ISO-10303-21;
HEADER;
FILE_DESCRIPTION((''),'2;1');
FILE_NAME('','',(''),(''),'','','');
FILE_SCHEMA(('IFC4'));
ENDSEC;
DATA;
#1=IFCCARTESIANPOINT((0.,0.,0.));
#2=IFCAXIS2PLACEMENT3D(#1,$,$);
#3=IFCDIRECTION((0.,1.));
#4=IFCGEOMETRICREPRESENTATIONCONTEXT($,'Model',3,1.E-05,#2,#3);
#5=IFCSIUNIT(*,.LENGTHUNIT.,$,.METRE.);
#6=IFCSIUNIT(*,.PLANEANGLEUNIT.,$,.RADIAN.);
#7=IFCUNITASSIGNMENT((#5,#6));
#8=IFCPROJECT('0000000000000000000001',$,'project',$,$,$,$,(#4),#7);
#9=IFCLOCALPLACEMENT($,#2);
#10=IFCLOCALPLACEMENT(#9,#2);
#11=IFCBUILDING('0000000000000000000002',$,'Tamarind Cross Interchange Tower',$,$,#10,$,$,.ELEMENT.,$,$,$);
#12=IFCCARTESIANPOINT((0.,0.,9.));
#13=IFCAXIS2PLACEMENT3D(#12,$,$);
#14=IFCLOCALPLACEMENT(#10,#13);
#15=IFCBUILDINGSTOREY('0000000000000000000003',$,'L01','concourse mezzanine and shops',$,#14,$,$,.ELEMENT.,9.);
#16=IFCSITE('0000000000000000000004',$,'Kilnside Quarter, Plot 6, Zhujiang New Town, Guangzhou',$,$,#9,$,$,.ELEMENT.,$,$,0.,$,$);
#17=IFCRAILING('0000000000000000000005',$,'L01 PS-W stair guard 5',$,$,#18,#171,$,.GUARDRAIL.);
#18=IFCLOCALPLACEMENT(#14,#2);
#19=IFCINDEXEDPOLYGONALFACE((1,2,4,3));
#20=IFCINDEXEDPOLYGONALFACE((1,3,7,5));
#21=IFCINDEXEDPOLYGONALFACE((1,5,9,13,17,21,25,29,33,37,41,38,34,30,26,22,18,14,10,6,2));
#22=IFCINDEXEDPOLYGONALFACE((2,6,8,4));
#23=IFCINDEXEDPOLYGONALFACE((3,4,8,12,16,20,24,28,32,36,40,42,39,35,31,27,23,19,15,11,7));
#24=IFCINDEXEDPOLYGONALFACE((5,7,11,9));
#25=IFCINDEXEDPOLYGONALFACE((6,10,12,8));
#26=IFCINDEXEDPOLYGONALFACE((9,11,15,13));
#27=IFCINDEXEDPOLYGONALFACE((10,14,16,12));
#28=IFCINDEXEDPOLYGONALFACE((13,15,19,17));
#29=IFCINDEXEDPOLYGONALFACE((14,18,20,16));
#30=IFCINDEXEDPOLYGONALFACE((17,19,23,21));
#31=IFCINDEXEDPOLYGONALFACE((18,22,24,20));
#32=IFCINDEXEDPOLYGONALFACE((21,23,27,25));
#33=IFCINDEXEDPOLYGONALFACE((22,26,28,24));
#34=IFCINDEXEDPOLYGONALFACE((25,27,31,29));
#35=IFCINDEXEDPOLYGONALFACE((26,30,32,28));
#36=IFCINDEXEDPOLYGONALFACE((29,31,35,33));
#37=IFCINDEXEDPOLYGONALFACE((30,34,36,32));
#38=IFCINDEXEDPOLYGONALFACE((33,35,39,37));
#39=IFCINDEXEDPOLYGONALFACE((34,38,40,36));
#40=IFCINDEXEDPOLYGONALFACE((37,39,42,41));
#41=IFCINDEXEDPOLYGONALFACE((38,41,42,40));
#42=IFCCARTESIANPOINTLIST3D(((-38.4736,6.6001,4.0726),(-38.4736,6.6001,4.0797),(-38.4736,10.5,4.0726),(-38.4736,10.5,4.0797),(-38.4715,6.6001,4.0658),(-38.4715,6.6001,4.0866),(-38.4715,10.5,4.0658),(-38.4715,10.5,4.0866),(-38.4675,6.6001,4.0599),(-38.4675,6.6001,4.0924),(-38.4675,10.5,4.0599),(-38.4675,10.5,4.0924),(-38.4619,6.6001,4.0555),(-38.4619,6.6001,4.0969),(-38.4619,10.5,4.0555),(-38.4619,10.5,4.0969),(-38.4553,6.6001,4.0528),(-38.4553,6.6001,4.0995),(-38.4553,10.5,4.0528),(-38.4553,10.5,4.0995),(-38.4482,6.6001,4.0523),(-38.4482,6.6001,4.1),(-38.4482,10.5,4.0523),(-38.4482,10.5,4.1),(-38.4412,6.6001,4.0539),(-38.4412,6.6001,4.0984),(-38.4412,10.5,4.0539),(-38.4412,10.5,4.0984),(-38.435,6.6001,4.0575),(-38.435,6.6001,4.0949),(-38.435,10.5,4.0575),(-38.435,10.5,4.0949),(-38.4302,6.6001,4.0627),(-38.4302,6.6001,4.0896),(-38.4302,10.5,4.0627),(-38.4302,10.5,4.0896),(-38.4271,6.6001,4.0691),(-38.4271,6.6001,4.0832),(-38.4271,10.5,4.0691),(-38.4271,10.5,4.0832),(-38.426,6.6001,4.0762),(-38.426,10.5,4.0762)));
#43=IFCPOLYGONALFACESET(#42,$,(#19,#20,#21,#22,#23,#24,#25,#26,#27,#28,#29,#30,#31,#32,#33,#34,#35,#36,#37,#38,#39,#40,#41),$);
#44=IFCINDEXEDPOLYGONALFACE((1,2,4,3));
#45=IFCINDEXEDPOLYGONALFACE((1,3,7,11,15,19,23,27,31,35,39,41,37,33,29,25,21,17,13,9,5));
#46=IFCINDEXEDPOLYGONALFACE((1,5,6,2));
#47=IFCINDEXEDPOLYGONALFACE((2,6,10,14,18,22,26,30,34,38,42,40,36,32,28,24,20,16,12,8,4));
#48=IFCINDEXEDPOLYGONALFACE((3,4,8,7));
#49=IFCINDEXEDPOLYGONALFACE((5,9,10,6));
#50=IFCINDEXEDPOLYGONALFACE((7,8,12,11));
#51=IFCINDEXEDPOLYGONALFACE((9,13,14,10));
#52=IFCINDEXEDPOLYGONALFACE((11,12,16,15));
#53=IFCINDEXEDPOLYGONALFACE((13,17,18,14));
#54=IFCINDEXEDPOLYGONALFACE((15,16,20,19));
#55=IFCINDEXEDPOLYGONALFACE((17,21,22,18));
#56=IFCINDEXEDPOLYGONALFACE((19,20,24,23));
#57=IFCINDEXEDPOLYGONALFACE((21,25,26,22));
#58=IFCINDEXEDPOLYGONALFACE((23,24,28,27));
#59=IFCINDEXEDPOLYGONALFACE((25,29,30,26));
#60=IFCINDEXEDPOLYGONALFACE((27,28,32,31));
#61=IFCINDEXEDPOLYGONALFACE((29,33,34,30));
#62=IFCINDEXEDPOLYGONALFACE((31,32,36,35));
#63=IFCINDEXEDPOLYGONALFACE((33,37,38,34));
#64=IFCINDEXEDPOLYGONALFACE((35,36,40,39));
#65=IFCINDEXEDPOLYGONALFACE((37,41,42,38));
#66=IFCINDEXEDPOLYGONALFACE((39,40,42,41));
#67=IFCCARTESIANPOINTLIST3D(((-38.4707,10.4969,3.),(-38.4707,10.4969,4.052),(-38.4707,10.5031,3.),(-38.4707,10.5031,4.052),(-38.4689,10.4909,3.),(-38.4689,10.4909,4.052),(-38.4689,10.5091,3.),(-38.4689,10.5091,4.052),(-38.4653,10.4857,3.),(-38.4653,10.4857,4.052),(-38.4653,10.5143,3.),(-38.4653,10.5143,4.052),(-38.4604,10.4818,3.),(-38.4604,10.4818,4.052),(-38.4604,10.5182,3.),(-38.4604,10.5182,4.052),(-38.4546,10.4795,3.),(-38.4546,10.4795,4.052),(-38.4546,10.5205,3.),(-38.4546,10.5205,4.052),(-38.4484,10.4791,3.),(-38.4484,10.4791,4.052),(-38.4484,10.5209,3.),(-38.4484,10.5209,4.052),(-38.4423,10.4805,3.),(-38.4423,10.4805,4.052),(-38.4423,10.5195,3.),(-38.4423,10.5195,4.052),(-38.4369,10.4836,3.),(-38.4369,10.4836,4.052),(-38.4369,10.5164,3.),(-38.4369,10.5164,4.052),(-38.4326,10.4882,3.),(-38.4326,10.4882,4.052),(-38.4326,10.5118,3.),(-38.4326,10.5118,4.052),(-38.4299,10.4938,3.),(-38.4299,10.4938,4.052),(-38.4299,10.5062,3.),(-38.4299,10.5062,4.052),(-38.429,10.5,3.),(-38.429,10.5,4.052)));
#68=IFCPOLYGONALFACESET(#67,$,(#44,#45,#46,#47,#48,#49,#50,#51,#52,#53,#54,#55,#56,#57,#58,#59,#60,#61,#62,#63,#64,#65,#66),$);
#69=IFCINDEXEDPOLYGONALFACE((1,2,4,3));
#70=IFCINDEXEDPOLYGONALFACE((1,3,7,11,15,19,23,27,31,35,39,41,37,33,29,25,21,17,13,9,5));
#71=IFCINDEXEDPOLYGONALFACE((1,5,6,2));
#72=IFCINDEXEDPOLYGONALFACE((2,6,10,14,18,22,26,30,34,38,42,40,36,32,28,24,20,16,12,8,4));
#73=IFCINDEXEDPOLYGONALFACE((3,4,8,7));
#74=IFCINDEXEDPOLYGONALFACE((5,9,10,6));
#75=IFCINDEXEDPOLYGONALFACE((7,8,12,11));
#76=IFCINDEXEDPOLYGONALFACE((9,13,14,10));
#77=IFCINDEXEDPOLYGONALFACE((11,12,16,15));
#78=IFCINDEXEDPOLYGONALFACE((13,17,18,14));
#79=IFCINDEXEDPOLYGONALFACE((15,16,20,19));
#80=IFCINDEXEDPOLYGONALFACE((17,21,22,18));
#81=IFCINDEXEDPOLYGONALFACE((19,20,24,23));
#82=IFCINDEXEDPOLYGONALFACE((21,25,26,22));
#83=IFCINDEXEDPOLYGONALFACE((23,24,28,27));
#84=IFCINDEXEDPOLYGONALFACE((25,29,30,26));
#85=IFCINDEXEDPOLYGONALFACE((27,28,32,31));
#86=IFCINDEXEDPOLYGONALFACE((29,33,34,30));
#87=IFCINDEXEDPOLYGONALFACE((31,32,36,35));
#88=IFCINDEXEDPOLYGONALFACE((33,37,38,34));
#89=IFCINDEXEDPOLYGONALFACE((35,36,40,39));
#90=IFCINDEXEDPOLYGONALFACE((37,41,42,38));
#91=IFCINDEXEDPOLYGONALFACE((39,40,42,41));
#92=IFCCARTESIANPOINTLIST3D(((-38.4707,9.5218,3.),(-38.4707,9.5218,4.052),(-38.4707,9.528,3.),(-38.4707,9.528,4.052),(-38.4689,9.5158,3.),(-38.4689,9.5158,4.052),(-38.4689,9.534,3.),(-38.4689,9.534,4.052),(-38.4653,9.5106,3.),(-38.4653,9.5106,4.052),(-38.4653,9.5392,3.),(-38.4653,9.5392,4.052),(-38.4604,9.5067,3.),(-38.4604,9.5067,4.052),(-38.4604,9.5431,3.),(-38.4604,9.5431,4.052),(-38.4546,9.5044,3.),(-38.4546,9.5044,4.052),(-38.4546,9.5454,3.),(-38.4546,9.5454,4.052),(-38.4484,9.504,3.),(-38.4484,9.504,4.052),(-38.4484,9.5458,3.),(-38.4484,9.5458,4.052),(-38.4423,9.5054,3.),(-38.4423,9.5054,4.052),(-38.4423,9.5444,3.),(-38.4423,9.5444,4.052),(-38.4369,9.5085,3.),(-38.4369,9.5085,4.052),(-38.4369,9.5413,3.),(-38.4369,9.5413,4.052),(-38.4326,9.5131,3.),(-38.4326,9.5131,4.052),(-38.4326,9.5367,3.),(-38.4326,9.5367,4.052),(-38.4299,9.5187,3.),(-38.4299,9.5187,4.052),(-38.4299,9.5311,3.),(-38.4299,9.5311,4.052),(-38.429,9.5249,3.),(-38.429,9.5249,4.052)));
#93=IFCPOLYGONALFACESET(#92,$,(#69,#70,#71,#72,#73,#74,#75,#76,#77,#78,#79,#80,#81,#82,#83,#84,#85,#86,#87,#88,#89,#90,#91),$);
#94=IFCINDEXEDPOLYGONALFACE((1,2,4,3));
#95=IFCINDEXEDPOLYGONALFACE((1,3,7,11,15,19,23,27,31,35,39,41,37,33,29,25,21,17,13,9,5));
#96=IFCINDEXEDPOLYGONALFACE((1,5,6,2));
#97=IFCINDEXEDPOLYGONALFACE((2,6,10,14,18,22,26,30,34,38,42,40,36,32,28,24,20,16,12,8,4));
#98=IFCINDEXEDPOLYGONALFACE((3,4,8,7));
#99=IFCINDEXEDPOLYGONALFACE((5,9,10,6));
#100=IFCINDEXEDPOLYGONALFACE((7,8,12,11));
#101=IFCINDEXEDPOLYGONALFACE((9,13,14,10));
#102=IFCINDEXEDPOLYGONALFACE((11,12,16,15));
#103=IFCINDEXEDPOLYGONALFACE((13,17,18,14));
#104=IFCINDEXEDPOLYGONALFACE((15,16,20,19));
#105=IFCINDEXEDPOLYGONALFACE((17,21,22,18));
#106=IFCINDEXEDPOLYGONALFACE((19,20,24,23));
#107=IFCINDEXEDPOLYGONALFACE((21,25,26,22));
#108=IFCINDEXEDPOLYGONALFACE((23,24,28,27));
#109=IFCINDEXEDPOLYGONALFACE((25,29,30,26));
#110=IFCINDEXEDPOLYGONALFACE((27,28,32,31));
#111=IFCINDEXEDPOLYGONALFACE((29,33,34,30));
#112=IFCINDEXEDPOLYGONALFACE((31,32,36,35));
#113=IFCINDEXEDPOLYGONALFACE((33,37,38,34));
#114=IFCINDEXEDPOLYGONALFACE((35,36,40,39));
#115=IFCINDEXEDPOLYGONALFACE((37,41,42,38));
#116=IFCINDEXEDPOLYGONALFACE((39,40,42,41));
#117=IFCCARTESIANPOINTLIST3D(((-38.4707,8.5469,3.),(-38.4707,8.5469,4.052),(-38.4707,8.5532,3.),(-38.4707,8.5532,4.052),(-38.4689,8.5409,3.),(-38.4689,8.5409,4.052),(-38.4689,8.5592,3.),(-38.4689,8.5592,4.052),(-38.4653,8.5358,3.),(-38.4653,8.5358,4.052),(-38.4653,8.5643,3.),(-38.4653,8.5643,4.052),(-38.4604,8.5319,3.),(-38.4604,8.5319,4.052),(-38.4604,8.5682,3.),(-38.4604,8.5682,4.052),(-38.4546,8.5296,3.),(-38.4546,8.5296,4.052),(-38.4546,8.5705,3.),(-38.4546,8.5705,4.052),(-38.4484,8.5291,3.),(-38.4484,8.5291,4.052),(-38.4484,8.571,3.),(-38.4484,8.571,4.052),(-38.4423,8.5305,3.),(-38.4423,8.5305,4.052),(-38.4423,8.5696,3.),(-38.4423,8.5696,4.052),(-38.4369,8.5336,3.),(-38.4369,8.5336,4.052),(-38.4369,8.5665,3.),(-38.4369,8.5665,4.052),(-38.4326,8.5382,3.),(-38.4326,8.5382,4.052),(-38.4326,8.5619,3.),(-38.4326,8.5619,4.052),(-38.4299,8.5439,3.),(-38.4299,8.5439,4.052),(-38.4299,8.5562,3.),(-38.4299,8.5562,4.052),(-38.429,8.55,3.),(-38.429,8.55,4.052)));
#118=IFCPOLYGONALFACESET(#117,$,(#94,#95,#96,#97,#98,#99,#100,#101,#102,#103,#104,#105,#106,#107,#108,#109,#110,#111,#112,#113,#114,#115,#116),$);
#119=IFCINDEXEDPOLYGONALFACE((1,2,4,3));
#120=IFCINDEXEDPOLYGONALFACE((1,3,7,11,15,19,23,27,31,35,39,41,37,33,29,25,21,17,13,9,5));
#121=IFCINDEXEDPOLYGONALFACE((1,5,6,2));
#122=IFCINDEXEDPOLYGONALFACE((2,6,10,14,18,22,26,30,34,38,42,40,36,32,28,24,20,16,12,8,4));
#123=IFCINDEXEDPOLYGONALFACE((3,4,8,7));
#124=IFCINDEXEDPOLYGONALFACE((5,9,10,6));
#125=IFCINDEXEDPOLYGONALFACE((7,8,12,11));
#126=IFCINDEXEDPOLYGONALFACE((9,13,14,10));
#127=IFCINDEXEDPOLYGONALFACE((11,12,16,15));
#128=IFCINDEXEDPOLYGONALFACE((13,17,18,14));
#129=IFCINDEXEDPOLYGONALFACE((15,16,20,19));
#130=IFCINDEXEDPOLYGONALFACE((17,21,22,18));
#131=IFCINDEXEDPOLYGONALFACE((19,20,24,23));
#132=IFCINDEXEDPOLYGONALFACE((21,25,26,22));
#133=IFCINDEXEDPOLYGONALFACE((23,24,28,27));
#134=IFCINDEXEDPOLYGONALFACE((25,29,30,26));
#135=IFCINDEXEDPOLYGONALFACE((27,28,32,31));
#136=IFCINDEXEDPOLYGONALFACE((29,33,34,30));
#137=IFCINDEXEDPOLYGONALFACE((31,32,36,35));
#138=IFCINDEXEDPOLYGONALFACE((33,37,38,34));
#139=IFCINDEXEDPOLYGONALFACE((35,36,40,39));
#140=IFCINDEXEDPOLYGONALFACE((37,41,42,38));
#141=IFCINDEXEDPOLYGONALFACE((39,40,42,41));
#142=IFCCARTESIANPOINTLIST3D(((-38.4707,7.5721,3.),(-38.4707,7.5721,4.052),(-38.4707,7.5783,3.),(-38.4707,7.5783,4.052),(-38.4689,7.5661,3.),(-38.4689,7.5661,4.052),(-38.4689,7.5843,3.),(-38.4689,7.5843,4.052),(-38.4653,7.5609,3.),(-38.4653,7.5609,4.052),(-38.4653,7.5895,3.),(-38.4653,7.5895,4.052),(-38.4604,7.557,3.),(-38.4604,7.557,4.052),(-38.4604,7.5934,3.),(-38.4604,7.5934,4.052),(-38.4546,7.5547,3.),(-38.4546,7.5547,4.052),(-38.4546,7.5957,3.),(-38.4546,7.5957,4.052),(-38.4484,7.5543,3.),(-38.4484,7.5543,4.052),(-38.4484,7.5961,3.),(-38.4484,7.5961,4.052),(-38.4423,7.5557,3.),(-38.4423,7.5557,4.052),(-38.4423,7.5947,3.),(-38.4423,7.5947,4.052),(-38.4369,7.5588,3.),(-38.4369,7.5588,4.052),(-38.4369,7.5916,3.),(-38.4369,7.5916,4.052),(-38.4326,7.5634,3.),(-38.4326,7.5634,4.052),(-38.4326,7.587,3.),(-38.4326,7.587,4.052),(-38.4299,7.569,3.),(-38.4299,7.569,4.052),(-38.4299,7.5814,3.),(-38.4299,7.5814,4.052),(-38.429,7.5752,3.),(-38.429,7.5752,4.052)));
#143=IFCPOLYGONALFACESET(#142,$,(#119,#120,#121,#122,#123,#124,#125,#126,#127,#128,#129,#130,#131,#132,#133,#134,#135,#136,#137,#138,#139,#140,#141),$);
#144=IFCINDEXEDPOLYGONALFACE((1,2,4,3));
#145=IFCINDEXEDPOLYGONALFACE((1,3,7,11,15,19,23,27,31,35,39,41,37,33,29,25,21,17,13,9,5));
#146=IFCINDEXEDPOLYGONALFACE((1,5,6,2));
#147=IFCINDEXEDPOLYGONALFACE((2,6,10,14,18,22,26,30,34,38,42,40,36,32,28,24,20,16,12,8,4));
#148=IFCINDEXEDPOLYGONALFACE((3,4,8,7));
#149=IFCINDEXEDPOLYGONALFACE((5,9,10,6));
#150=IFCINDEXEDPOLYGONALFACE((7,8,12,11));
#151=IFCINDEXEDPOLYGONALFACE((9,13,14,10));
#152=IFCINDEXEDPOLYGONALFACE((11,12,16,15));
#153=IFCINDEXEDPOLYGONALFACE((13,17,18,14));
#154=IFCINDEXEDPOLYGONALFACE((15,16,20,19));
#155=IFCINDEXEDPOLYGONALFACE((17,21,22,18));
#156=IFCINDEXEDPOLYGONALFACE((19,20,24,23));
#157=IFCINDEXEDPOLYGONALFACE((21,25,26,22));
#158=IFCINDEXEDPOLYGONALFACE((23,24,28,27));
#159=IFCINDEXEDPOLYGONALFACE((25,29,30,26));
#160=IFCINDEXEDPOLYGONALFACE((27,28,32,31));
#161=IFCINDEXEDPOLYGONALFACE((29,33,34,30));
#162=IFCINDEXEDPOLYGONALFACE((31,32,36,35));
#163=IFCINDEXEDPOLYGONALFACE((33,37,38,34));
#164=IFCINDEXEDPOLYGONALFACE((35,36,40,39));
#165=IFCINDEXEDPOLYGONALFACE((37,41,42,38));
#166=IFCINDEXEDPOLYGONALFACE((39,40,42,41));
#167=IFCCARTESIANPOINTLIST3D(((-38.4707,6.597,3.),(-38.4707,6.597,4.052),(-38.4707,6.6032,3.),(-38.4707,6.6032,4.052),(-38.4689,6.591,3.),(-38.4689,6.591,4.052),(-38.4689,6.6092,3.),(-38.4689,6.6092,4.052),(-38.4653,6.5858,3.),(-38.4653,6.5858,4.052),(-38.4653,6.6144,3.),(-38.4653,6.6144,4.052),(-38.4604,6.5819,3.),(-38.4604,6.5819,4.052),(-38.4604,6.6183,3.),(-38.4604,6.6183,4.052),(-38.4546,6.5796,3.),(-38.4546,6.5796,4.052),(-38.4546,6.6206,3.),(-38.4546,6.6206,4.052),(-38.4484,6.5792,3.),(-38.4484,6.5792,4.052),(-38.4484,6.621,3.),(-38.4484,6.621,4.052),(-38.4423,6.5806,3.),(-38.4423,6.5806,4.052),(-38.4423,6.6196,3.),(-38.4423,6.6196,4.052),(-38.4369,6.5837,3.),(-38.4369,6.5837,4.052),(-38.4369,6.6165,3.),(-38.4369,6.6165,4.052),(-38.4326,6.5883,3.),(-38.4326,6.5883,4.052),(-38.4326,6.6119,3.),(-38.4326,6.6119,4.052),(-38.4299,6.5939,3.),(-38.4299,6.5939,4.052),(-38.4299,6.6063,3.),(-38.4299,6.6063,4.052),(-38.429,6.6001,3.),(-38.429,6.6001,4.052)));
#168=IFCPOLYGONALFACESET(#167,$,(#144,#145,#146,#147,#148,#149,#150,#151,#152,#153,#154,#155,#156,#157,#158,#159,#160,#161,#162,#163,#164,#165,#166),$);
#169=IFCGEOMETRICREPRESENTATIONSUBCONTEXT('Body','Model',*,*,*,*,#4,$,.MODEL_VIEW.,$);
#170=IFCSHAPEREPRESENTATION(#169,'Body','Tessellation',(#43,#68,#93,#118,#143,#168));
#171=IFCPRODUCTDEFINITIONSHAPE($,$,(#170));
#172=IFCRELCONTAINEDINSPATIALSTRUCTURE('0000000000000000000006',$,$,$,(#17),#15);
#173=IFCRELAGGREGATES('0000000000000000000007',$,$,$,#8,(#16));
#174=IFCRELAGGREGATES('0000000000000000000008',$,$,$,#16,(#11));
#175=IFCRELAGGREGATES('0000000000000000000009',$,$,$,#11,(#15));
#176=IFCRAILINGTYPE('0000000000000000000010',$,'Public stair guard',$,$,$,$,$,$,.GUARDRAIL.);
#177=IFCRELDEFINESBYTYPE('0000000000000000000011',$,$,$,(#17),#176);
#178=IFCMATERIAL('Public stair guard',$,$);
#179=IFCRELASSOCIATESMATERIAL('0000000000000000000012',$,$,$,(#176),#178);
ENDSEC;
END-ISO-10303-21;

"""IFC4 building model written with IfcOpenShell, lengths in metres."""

from ifc_helpers import new_model, si_unit, direction, frame, origin, origin_2d, place, context, subcontext, project, spatial, circle, extrude, material, type_object, element, save


model = new_model("IFC4")

# Units and contexts
model_context = context("Model", 3, precision=1e-05, world=origin(), true_north=direction((0.0, 1.0)))
body_context = subcontext(model_context, "Body", "Model", "MODEL_VIEW")
ifc_project = project(units=[si_unit("LENGTHUNIT", "METRE"), si_unit("PLANEANGLEUNIT", "RADIAN")], contexts=[model_context])

# Site, building, storey
site_placement = place(None, origin())
site = spatial("IfcSite", under=ifc_project, at=site_placement, Name="Kilnside Quarter, Plot 6, Zhujiang New Town, Guangzhou", CompositionType="ELEMENT", RefElevation=0.0)
building_placement = place(site_placement, origin())
building = spatial("IfcBuilding", under=site, at=building_placement, Name="Tamarind Cross Interchange Tower", CompositionType="ELEMENT")
storey_placement = place(building_placement, frame((0.0, 0.0, 9.0)))
storey = spatial("IfcBuildingStorey", under=building, at=storey_placement, Name="L01", Description="concourse mezzanine and shops", CompositionType="ELEMENT", Elevation=9.0)

# Railing
ifc_material_1 = material(Name="Public stair guard")
railing_type_1 = type_object("IfcRailingType", Name="Public stair guard", PredefinedType="GUARDRAIL", material=ifc_material_1)
railing_1_placement = place(storey_placement, frame((-38.45, 10.5, 3.0)))
element("IfcRailing", 1, at=railing_1_placement, inside=storey, type_object=railing_type_1, Name="L01 PS-W stair guard 5", PredefinedType="GUARDRAIL", context=body_context, shape_type="SweptSolid", body=[
    extrude(circle(Radius=0.0239, at=origin_2d()), frame((0.0, 0.0, 1.0762), z_axis=(0.0, -1.0, 0.0), x_axis=(1.0, 0.0, 0.0)), (0.0, 0.0, 1.0), 3.8999),
    extrude(circle(Radius=0.021, at=origin_2d()), origin(), (0.0, 0.0, 1.0), 1.052),
    extrude(circle(Radius=0.021, at=origin_2d()), frame((0.0, -0.9751, 0.0)), (0.0, 0.0, 1.0), 1.052),
    extrude(circle(Radius=0.021, at=origin_2d()), frame((0.0, -1.95, 0.0)), (0.0, 0.0, 1.0), 1.052),
    extrude(circle(Radius=0.021, at=origin_2d()), frame((0.0, -2.9248, 0.0)), (0.0, 0.0, 1.0), 1.052),
    extrude(circle(Radius=0.021, at=origin_2d()), frame((0.0, -3.8999, 0.0)), (0.0, 0.0, 1.0), 1.052),
])

save(model, "model.ifc")
